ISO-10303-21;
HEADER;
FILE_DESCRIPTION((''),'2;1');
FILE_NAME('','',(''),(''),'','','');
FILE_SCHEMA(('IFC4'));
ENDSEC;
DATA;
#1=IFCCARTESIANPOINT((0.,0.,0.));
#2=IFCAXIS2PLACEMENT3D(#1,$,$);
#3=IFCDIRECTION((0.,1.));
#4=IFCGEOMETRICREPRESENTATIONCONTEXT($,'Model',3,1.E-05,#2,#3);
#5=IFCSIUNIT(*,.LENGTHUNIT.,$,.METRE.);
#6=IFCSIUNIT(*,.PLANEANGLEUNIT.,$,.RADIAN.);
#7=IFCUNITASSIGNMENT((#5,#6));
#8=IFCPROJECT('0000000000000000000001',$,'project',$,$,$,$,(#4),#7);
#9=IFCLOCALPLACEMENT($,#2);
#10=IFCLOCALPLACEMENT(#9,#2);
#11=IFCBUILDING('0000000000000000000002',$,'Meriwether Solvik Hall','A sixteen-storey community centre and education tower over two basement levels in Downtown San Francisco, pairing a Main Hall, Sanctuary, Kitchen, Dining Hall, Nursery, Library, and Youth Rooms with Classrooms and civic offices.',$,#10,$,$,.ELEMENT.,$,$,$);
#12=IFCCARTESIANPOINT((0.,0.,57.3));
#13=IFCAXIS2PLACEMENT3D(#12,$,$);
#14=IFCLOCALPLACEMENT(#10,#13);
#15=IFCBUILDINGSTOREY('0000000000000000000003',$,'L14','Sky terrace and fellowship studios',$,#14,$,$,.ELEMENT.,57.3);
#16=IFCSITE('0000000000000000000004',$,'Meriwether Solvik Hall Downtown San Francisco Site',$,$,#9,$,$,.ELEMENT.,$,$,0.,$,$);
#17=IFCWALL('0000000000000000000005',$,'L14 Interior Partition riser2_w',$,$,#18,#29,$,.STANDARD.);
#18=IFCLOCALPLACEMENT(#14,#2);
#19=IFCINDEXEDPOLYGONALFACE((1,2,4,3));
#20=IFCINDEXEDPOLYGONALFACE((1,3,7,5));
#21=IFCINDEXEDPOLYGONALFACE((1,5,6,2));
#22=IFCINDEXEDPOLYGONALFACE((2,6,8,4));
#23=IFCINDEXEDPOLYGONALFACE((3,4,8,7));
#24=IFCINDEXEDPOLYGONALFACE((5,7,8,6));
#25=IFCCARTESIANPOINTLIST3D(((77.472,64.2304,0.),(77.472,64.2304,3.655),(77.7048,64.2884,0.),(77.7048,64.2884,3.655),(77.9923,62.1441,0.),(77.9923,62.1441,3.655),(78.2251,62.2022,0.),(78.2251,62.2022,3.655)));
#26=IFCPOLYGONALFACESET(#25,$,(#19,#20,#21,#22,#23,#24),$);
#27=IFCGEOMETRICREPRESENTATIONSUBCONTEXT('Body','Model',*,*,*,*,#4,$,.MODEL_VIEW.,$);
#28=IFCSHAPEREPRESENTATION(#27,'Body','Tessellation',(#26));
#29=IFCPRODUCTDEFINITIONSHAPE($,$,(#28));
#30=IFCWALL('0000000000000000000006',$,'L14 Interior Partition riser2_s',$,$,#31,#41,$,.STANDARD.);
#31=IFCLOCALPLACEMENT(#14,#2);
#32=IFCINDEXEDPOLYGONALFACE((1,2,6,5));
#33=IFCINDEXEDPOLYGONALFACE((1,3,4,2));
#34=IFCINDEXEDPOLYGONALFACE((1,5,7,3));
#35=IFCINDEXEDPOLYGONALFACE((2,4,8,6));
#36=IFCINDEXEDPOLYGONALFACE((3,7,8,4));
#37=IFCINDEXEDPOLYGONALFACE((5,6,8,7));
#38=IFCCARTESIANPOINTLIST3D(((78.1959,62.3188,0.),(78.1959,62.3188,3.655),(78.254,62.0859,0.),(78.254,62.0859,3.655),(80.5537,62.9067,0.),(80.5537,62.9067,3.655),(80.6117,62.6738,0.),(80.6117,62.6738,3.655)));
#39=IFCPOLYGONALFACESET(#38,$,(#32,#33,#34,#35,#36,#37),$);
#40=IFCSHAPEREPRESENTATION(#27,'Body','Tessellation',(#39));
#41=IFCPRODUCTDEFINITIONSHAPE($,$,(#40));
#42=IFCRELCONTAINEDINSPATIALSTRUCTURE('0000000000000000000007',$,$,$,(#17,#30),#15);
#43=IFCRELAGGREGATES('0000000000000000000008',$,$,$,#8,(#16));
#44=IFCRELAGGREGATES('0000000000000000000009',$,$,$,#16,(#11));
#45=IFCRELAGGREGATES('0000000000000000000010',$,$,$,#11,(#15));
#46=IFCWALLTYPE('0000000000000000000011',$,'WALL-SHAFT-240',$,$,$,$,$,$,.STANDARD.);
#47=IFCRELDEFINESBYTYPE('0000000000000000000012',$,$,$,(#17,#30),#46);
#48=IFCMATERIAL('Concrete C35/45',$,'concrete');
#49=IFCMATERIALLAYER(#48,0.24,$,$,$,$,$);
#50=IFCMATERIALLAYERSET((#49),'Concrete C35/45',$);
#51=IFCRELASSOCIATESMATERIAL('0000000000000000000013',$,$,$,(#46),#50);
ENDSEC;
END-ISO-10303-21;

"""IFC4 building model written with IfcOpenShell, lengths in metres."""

from ifc_helpers import new_model, si_unit, direction, frame, frame_2d, origin, place, context, subcontext, project, spatial, rectangle, extrude, material, layer, layer_set, type_object, element, save


model = new_model("IFC4")

# Units and contexts
model_context = context("Model", 3, precision=1e-05, world=origin(), true_north=direction((0.0, 1.0)))
body_context = subcontext(model_context, "Body", "Model", "MODEL_VIEW")
ifc_project = project(units=[si_unit("LENGTHUNIT", "METRE"), si_unit("PLANEANGLEUNIT", "RADIAN")], contexts=[model_context])

# Site, building, storey
site_placement = place(None, origin())
site = spatial("IfcSite", under=ifc_project, at=site_placement, Name="Meriwether Solvik Hall Downtown San Francisco Site", CompositionType="ELEMENT", RefElevation=0.0)
building_placement = place(site_placement, origin())
building = spatial("IfcBuilding", under=site, at=building_placement, Name="Meriwether Solvik Hall", Description="A sixteen-storey community centre and education tower over two basement levels in Downtown San Francisco, pairing a Main Hall, Sanctuary, Kitchen, Dining Hall, Nursery, Library, and Youth Rooms with Classrooms and civic offices.", CompositionType="ELEMENT")
storey_placement = place(building_placement, frame((0.0, 0.0, 57.3)))
storey = spatial("IfcBuildingStorey", under=building, at=storey_placement, Name="L14", Description="Sky terrace and fellowship studios", CompositionType="ELEMENT", Elevation=57.3)

# Shared definitions
ifc_material_1 = material(Name="Concrete C35/45", Category="concrete")
ifc_layer_1 = layer(ifc_material_1, 0.24)
ifc_layer_set_1 = layer_set([ifc_layer_1], Name="Concrete C35/45")
wall_type_1 = type_object("IfcWallType", Name="WALL-SHAFT-240", PredefinedType="STANDARD", material=ifc_layer_set_1)

# Walls
wall_1_placement = place(storey_placement, frame((77.5884, 64.2595, 0.0), z_axis=(0.0, 0.0, 1.0), x_axis=(0.241975, -0.970283, 0.0)))
element("IfcWall", 1, at=wall_1_placement, inside=storey, type_object=wall_type_1, Name="L14 Interior Partition riser2_w", PredefinedType="STANDARD", context=body_context, shape_type="SweptSolid", body=[
    extrude(rectangle(XDim=2.1501, YDim=0.24, at=frame_2d((1.0752, 0.0))), origin(), (0.0, 0.0, 1.0), 3.655),
])
wall_2_placement = place(storey_placement, frame((78.2251, 62.2024, 0.0), z_axis=(0.0, 0.0, 1.0), x_axis=(0.97029, 0.241945, 0.0)))
element("IfcWall", 2, at=wall_2_placement, inside=storey, type_object=wall_type_1, Name="L14 Interior Partition riser2_s", PredefinedType="STANDARD", context=body_context, shape_type="SweptSolid", body=[
    extrude(rectangle(XDim=2.4299, YDim=0.24, at=frame_2d((1.2148, 0.0))), origin(), (0.0, 0.0, 1.0), 3.655),
])

save(model, "model.ifc")
